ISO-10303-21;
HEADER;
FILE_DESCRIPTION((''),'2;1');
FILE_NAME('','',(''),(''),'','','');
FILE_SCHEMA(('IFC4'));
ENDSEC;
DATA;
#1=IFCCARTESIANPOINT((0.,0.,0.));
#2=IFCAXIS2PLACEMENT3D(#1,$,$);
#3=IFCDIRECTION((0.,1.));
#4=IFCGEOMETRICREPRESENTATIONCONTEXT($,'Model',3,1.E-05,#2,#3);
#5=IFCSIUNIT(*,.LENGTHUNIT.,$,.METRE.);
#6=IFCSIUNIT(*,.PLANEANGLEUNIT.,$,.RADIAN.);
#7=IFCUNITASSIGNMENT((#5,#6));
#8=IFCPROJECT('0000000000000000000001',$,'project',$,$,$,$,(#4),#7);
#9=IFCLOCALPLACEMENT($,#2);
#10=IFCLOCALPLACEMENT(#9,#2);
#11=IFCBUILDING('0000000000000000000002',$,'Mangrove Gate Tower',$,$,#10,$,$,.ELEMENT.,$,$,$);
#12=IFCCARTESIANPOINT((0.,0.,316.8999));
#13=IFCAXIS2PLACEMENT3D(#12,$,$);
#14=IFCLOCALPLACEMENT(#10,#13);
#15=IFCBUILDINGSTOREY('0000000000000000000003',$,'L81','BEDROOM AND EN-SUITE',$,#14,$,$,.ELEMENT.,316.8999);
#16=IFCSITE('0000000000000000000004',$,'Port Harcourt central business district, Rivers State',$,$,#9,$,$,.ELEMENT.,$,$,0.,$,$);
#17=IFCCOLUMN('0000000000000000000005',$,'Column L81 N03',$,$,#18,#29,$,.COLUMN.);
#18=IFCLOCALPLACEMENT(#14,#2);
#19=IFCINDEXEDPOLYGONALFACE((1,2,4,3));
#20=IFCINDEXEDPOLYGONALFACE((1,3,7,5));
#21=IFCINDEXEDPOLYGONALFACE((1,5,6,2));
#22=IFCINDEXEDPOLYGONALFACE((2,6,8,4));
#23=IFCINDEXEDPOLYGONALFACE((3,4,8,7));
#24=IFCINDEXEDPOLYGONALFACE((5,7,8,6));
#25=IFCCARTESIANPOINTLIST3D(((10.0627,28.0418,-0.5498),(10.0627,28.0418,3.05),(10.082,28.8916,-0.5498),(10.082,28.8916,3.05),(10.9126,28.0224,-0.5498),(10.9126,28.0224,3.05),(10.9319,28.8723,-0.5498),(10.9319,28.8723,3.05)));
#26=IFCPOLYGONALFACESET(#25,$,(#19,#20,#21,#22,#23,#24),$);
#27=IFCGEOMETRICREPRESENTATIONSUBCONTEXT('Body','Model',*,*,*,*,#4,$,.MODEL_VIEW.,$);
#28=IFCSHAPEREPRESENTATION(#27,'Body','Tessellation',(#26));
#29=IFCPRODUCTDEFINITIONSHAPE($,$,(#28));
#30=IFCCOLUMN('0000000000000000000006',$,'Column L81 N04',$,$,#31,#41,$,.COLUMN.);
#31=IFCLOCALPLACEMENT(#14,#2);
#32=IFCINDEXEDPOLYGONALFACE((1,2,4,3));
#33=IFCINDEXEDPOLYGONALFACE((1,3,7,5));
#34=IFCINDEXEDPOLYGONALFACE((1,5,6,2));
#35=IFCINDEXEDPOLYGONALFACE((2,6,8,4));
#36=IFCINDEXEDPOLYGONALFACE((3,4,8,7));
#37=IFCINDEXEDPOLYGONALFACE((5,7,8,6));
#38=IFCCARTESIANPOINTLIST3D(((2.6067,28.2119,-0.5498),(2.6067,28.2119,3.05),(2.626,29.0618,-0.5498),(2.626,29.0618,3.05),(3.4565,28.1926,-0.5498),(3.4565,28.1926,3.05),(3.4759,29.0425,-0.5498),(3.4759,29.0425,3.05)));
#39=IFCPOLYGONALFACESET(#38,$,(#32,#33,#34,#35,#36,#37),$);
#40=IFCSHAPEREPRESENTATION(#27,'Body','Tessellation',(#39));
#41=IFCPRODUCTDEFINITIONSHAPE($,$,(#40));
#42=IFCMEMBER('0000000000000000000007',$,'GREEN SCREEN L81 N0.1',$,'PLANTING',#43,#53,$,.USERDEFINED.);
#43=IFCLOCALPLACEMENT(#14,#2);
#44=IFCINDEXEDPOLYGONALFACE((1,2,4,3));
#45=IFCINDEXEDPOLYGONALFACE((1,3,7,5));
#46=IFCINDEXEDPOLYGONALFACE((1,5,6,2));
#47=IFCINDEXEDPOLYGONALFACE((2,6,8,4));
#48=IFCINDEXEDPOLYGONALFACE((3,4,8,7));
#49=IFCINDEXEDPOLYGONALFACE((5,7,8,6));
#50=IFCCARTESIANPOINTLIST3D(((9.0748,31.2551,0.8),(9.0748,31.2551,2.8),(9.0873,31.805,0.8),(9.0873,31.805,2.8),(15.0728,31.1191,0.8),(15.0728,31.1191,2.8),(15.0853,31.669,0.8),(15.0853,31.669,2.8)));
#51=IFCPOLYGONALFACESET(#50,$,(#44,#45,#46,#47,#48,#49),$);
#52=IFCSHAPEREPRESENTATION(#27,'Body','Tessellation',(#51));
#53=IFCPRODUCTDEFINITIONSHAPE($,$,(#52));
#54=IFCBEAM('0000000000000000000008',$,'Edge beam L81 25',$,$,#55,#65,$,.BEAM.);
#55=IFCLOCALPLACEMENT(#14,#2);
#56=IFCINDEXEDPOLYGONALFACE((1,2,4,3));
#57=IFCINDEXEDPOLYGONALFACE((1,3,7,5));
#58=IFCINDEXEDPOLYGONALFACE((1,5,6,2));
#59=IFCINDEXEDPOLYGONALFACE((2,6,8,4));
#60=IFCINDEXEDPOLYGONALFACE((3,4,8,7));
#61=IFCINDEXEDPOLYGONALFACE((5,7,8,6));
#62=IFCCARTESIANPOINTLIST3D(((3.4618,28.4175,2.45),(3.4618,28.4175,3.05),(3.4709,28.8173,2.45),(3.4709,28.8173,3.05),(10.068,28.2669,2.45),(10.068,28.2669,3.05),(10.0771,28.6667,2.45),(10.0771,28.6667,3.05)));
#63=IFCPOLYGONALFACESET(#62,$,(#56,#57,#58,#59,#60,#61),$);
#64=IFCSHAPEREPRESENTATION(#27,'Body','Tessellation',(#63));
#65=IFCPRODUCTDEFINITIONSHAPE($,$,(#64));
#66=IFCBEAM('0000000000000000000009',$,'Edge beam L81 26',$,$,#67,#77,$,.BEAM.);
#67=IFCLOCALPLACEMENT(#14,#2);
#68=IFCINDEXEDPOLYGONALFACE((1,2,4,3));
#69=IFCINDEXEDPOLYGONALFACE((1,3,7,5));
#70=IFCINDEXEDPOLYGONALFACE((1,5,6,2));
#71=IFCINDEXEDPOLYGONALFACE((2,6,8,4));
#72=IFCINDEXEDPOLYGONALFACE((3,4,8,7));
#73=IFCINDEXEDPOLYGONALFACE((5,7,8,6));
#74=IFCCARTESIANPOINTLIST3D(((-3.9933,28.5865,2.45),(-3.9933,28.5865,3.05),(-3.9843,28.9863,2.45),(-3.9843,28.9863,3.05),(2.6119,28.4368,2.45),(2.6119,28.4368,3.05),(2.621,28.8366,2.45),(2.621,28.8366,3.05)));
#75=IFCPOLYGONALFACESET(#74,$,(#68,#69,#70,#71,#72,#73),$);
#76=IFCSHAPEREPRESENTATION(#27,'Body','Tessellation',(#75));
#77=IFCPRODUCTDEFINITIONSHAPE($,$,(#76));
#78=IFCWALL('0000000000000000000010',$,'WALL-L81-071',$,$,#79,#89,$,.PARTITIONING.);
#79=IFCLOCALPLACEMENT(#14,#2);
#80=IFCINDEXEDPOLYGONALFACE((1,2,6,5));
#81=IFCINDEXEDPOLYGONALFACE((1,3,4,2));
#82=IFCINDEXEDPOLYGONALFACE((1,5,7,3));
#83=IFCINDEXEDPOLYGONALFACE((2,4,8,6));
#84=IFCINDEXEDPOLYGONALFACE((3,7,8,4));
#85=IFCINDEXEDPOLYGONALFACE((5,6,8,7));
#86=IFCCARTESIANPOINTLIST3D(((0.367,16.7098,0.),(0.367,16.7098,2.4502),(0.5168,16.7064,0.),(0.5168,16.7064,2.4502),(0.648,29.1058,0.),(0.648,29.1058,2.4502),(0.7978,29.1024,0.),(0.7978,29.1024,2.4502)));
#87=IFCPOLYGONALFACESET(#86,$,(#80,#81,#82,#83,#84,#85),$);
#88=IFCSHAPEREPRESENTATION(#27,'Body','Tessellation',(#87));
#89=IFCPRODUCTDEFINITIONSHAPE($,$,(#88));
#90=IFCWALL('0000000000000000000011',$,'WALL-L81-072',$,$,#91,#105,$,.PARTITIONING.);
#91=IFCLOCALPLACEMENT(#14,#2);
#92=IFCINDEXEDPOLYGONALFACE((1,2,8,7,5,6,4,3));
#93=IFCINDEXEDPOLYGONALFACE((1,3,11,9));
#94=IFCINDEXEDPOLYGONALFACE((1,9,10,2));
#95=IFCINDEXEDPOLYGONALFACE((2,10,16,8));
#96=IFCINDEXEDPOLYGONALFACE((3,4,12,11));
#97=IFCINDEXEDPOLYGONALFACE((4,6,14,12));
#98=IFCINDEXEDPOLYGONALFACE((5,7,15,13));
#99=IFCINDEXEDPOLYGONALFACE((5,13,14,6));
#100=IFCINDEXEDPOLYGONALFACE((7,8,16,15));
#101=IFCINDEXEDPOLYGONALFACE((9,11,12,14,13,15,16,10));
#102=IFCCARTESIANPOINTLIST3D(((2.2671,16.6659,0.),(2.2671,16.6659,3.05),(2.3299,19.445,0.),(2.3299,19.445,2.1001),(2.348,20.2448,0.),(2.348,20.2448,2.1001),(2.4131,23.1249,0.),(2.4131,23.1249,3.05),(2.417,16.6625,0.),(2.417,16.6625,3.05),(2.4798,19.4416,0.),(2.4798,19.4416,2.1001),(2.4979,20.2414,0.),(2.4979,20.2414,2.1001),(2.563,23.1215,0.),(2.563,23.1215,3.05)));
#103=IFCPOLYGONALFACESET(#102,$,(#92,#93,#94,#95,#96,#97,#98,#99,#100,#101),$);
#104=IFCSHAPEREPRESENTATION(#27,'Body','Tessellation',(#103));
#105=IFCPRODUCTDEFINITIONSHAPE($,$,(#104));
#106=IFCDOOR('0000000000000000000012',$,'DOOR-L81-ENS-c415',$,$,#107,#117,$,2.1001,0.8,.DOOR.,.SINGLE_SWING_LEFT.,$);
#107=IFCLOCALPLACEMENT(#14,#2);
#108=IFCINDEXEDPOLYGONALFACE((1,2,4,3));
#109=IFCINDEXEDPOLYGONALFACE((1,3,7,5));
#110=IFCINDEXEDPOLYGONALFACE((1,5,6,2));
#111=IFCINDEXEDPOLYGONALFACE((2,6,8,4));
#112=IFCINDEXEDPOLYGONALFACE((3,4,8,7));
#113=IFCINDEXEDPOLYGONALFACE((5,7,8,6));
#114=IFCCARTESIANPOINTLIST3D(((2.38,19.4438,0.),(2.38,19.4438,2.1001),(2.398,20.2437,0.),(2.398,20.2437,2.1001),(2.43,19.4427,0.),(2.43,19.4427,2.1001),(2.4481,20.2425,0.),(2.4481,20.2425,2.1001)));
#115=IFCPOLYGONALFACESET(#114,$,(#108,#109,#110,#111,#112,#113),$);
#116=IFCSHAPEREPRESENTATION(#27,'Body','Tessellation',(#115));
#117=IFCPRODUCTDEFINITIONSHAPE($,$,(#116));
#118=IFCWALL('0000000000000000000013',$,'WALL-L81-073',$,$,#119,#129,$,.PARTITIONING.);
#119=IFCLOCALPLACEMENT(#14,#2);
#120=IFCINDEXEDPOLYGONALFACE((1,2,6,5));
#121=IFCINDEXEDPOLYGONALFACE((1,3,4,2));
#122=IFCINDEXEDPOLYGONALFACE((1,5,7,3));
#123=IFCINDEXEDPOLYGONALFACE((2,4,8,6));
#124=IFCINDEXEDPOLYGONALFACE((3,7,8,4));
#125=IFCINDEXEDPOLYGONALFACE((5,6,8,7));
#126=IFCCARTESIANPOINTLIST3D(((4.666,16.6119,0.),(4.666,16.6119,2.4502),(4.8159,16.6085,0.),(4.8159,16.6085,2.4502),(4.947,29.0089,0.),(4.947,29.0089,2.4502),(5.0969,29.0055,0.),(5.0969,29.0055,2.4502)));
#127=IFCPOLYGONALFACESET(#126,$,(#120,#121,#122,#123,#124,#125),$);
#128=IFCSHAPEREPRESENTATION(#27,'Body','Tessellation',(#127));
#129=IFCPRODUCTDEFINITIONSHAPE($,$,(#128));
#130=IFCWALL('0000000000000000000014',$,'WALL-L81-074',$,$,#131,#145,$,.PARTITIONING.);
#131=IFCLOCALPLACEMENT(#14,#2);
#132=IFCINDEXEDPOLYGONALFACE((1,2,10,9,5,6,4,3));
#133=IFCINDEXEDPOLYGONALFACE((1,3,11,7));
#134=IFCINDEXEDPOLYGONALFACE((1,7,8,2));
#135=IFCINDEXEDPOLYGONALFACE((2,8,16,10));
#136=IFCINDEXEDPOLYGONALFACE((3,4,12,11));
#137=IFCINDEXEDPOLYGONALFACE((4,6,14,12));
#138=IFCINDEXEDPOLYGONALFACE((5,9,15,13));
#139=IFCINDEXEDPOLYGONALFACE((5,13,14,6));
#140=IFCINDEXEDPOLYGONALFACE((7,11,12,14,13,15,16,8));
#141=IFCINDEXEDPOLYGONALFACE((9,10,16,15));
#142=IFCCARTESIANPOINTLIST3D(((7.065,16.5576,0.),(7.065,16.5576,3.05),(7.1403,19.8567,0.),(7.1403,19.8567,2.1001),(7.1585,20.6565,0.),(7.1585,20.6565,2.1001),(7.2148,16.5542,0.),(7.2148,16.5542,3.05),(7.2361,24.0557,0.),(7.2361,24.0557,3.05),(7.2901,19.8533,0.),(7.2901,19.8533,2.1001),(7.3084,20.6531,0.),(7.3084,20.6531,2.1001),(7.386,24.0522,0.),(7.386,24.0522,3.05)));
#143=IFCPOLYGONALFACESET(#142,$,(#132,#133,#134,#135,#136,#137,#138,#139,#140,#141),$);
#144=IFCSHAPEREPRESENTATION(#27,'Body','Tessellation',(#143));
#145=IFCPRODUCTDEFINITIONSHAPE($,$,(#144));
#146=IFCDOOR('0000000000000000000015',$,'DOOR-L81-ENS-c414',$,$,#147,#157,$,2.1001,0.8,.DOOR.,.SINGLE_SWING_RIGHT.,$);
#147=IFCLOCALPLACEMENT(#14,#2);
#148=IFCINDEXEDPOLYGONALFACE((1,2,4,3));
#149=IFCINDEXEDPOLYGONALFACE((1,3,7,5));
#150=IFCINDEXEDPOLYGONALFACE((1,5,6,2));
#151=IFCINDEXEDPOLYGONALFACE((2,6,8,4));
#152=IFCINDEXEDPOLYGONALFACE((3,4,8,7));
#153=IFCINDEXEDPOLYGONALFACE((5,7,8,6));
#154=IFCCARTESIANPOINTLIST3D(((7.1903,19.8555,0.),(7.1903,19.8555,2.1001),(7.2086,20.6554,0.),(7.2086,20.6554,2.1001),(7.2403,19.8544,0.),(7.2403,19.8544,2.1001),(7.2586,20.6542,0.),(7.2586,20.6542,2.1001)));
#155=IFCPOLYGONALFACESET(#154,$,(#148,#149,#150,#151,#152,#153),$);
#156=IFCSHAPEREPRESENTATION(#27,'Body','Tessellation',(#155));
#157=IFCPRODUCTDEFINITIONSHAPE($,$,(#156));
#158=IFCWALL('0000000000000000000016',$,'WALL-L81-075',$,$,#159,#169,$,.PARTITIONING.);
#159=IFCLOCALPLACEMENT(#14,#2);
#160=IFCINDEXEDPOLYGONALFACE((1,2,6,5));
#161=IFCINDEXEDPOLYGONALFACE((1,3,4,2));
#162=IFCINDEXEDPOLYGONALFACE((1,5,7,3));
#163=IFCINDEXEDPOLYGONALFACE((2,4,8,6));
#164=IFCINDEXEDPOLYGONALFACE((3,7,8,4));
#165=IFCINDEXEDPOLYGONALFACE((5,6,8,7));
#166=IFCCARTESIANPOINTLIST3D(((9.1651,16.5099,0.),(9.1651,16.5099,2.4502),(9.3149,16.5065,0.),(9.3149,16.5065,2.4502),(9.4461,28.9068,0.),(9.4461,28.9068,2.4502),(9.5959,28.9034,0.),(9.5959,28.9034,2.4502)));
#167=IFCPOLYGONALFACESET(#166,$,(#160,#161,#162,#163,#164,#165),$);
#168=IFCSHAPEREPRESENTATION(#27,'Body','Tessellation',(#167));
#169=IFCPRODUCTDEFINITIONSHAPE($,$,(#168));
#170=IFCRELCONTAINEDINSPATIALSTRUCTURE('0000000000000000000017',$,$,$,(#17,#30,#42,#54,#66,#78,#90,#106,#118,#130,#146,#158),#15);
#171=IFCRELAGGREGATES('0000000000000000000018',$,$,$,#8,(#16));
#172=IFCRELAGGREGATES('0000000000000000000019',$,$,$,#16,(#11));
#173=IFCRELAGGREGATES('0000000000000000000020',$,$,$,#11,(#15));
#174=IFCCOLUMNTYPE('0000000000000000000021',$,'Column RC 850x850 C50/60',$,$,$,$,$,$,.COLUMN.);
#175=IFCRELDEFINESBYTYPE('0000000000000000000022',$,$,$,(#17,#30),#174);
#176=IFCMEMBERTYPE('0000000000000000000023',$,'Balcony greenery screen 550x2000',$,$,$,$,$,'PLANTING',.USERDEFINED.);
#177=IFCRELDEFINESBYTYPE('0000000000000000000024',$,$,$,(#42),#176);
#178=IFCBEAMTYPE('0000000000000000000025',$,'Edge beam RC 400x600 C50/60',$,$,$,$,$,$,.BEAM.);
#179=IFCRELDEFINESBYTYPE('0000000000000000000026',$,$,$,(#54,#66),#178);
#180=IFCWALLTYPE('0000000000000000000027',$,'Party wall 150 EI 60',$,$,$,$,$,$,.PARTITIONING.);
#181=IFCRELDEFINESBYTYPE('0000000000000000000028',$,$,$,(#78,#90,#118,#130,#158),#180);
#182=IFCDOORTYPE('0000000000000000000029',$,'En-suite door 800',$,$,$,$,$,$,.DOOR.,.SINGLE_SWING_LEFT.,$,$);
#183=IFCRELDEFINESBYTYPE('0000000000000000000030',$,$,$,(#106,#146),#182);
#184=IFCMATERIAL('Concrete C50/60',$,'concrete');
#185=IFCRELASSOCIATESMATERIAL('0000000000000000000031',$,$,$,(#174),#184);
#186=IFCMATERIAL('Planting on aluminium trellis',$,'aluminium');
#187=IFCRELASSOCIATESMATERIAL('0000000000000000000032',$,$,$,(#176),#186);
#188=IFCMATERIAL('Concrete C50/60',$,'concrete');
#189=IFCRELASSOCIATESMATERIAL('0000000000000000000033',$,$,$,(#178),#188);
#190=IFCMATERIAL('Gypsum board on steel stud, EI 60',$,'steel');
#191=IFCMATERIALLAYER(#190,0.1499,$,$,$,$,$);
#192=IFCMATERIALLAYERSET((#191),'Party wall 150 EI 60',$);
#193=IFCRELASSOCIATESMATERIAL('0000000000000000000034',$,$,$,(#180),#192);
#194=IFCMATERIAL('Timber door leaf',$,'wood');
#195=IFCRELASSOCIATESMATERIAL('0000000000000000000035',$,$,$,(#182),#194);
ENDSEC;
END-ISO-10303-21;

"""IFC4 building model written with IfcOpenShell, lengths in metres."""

from ifc_helpers import new_model, si_unit, direction, frame, frame_2d, origin, origin_2d, place, context, subcontext, project, spatial, rectangle, extrude, material, layer, layer_set, material_profile, profile_set, type_object, element, fill, save


model = new_model("IFC4")

# Units and contexts
model_context = context("Model", 3, precision=1e-05, world=origin(), true_north=direction((0.0, 1.0)))
body_context = subcontext(model_context, "Body", "Model", "MODEL_VIEW")
ifc_project = project(units=[si_unit("LENGTHUNIT", "METRE"), si_unit("PLANEANGLEUNIT", "RADIAN")], contexts=[model_context])

# Site, building, storey
site_placement = place(None, origin())
site = spatial("IfcSite", under=ifc_project, at=site_placement, Name="Port Harcourt central business district, Rivers State", CompositionType="ELEMENT", RefElevation=0.0)
building_placement = place(site_placement, origin())
building = spatial("IfcBuilding", under=site, at=building_placement, Name="Mangrove Gate Tower", CompositionType="ELEMENT")
storey_placement = place(building_placement, frame((0.0, 0.0, 316.8999)))
storey = spatial("IfcBuildingStorey", under=building, at=storey_placement, Name="L81", Description="BEDROOM AND EN-SUITE", CompositionType="ELEMENT", Elevation=316.8999)

# Columns
ifc_material_1 = material(Name="Concrete C50/60", Category="concrete")
ifc_material_profile_1 = material_profile(ifc_material_1, rectangle(XDim=0.8501, YDim=0.8501, at=origin_2d()))
ifc_profile_set_1 = profile_set([ifc_material_profile_1], Name="Concrete C50/60")
column_type = type_object("IfcColumnType", Name="Column RC 850x850 C50/60", PredefinedType="COLUMN", material=ifc_profile_set_1)
for number, where, z_axis, x_axis, name in (
    (1, (10.4973, 28.457, -0.5498), (0.0, 0.0, 1.0), (-0.999742, 0.022729, 0.0), "Column L81 N03"),
    (2, (3.0413, 28.6272, -0.5498), (0.0, 0.0, 1.0), (-0.999742, 0.022729, 0.0), "Column L81 N04"),
):
    element("IfcColumn", number, at=place(storey_placement, frame(where, z_axis=z_axis, x_axis=x_axis)), inside=storey, type_object=column_type, Name=name, PredefinedType="COLUMN", context=body_context, shape_type="SweptSolid", body=[
        extrude(rectangle(XDim=0.8501, YDim=0.8501, at=origin_2d()), origin(), (0.0, 0.0, 1.0), 3.5999),
    ])

# Member
ifc_material_2 = material(Name="Planting on aluminium trellis", Category="aluminium")
ifc_material_profile_2 = material_profile(ifc_material_2, rectangle(XDim=0.55, YDim=2.0, at=origin_2d()))
ifc_profile_set_2 = profile_set([ifc_material_profile_2], Name="Planting on aluminium trellis")
member_type = type_object("IfcMemberType", Name="Balcony greenery screen 550x2000", ElementType="PLANTING", PredefinedType="USERDEFINED", material=ifc_profile_set_2)
member_placement = place(storey_placement, frame((9.0811, 31.53, 1.8), z_axis=(0.999743, -0.022666, 0.0), x_axis=(0.022666, 0.999743, 0.0)))
element("IfcMember", 3, at=member_placement, inside=storey, type_object=member_type, Name="GREEN SCREEN L81 N0.1", ObjectType="PLANTING", PredefinedType="USERDEFINED", context=body_context, shape_type="SweptSolid", body=[
    extrude(rectangle(XDim=0.55, YDim=2.0, at=origin_2d()), origin(), (0.0, 0.0, 1.0), 5.9995),
])

# Beams
ifc_material_3 = material(Name="Concrete C50/60", Category="concrete")
ifc_material_profile_3 = material_profile(ifc_material_3, rectangle(XDim=0.3999, YDim=0.6001, at=origin_2d()))
ifc_profile_set_3 = profile_set([ifc_material_profile_3], Name="Concrete C50/60")
beam_type = type_object("IfcBeamType", Name="Edge beam RC 400x600 C50/60", PredefinedType="BEAM", material=ifc_profile_set_3)
beam_1_placement = place(storey_placement, frame((10.0725, 28.4668, 2.75), z_axis=(-0.99974, 0.022796, 0.0), x_axis=(-0.022796, -0.99974, 0.0)))
element("IfcBeam", 4, at=beam_1_placement, inside=storey, type_object=beam_type, Name="Edge beam L81 25", PredefinedType="BEAM", context=body_context, shape_type="SweptSolid", body=[
    extrude(rectangle(XDim=0.3999, YDim=0.6001, at=origin_2d()), origin(), (0.0, 0.0, 1.0), 6.6079),
])
beam_2_placement = place(storey_placement, frame((2.6165, 28.6367, 2.75), z_axis=(-0.999743, 0.022652, 0.0), x_axis=(-0.022652, -0.999743, 0.0)))
element("IfcBeam", 5, at=beam_2_placement, inside=storey, type_object=beam_type, Name="Edge beam L81 26", PredefinedType="BEAM", context=body_context, shape_type="SweptSolid", body=[
    extrude(rectangle(XDim=0.3999, YDim=0.6001, at=origin_2d()), origin(), (0.0, 0.0, 1.0), 6.6069),
])

# Wall
ifc_material_4 = material(Name="Gypsum board on steel stud, EI 60", Category="steel")
ifc_layer_1 = layer(ifc_material_4, 0.1499)
ifc_layer_set_1 = layer_set([ifc_layer_1], Name="Party wall 150 EI 60")
wall_type_1 = type_object("IfcWallType", Name="Party wall 150 EI 60", PredefinedType="PARTITIONING", material=ifc_layer_set_1)
wall_1_placement = place(storey_placement, frame((0.4419, 16.708, 0.0), z_axis=(0.0, 0.0, 1.0), x_axis=(0.022663, 0.999743, 0.0)))
element("IfcWall", 6, at=wall_1_placement, inside=storey, type_object=wall_type_1, Name="WALL-L81-071", PredefinedType="PARTITIONING", context=body_context, shape_type="SweptSolid", body=[
    extrude(rectangle(XDim=12.3992, YDim=0.1499, at=frame_2d((6.1997, 0.0))), origin(), (0.0, 0.0, 1.0), 2.4502),
])

# Wall, opening, door
wall_2_placement = place(storey_placement, frame((2.342, 16.6641, 0.0), z_axis=(0.0, 0.0, 1.0), x_axis=(0.022598, 0.999745, 0.0)))
wall_2 = element("IfcWall", 7, at=wall_2_placement, inside=storey, type_object=wall_type_1, Name="WALL-L81-072", PredefinedType="PARTITIONING", context=body_context, shape_type="SweptSolid", body=[
    extrude(rectangle(XDim=6.4607, YDim=0.1499, at=frame_2d((3.2305, 0.0))), origin(), (0.0, 0.0, 1.0), 3.05),
])
opening_1_placement = place(wall_2_placement, frame((2.78, 0.0, 0.0)))
opening_1 = element("IfcOpeningElement", 8, at=opening_1_placement, cuts=wall_2, PredefinedType="OPENING", context=body_context, shape_type="SweptSolid", body=[
    extrude(rectangle(XDim=0.8, YDim=2.1001, at=frame_2d((0.3999, 1.05))), frame((0.0, 0.085, 0.0), z_axis=(0.0, -1.0, 0.0), x_axis=(1.0, 0.0, 0.0)), (0.0, 0.0, 1.0), 0.1699),
])
ifc_material_5 = material(Name="Timber door leaf", Category="wood")
door_type = type_object("IfcDoorType", Name="En-suite door 800", OperationType="SINGLE_SWING_LEFT", PredefinedType="DOOR", material=ifc_material_5)
door_1_placement = place(opening_1_placement, origin())
door_1 = element("IfcDoor", 9, at=door_1_placement, inside=storey, type_object=door_type, Name="DOOR-L81-ENS-c415", OperationType="SINGLE_SWING_LEFT", OverallHeight=2.1001, OverallWidth=0.8, PredefinedType="DOOR", context=body_context, shape_type="SweptSolid", body=[
    extrude(rectangle(XDim=0.8, YDim=2.1001, at=frame_2d((0.3999, 1.05))), frame((0.0, 0.0249, 0.0), z_axis=(0.0, -1.0, 0.0), x_axis=(1.0, 0.0, 0.0)), (0.0, 0.0, 1.0), 0.05),
])
fill(opening_1, door_1)

# Wall
wall_3_placement = place(storey_placement, frame((4.741, 16.6101, 0.0), z_axis=(0.0, 0.0, 1.0), x_axis=(0.022661, 0.999743, 0.0)))
element("IfcWall", 10, at=wall_3_placement, inside=storey, type_object=wall_type_1, Name="WALL-L81-073", PredefinedType="PARTITIONING", context=body_context, shape_type="SweptSolid", body=[
    extrude(rectangle(XDim=12.4001, YDim=0.1499, at=frame_2d((6.2002, 0.0))), origin(), (0.0, 0.0, 1.0), 2.4502),
])

# Wall, opening, door
wall_4_placement = place(storey_placement, frame((7.1399, 16.5559, 0.0), z_axis=(0.0, 0.0, 1.0), x_axis=(0.022819, 0.99974, 0.0)))
wall_4 = element("IfcWall", 11, at=wall_4_placement, inside=storey, type_object=wall_type_1, Name="WALL-L81-074", PredefinedType="PARTITIONING", context=body_context, shape_type="SweptSolid", body=[
    extrude(rectangle(XDim=7.5, YDim=0.1499, at=frame_2d((3.75, 0.0))), origin(), (0.0, 0.0, 1.0), 3.05),
])
opening_2_placement = place(wall_4_placement, frame((3.3, 0.0, 0.0)))
opening_2 = element("IfcOpeningElement", 12, at=opening_2_placement, cuts=wall_4, PredefinedType="OPENING", context=body_context, shape_type="SweptSolid", body=[
    extrude(rectangle(XDim=0.8, YDim=2.1001, at=frame_2d((0.3999, 1.05))), frame((0.0, 0.085, 0.0), z_axis=(0.0, -1.0, 0.0), x_axis=(1.0, 0.0, 0.0)), (0.0, 0.0, 1.0), 0.1699),
])
door_2_placement = place(opening_2_placement, origin())
door_2 = element("IfcDoor", 13, at=door_2_placement, inside=storey, type_object=door_type, Name="DOOR-L81-ENS-c414", OperationType="SINGLE_SWING_RIGHT", OverallHeight=2.1001, OverallWidth=0.8, PredefinedType="DOOR", context=body_context, shape_type="SweptSolid", body=[
    extrude(rectangle(XDim=0.8, YDim=2.1001, at=frame_2d((0.3999, 1.05))), frame((0.0, 0.0249, 0.0), z_axis=(0.0, -1.0, 0.0), x_axis=(1.0, 0.0, 0.0)), (0.0, 0.0, 1.0), 0.05),
])
fill(opening_2, door_2)

# Wall
wall_5_placement = place(storey_placement, frame((9.24, 16.5081, 0.0), z_axis=(0.0, 0.0, 1.0), x_axis=(0.022661, 0.999743, 0.0)))
element("IfcWall", 14, at=wall_5_placement, inside=storey, type_object=wall_type_1, Name="WALL-L81-075", PredefinedType="PARTITIONING", context=body_context, shape_type="SweptSolid", body=[
    extrude(rectangle(XDim=12.4001, YDim=0.1499, at=frame_2d((6.2002, 0.0))), origin(), (0.0, 0.0, 1.0), 2.4502),
])

save(model, "model.ifc")
